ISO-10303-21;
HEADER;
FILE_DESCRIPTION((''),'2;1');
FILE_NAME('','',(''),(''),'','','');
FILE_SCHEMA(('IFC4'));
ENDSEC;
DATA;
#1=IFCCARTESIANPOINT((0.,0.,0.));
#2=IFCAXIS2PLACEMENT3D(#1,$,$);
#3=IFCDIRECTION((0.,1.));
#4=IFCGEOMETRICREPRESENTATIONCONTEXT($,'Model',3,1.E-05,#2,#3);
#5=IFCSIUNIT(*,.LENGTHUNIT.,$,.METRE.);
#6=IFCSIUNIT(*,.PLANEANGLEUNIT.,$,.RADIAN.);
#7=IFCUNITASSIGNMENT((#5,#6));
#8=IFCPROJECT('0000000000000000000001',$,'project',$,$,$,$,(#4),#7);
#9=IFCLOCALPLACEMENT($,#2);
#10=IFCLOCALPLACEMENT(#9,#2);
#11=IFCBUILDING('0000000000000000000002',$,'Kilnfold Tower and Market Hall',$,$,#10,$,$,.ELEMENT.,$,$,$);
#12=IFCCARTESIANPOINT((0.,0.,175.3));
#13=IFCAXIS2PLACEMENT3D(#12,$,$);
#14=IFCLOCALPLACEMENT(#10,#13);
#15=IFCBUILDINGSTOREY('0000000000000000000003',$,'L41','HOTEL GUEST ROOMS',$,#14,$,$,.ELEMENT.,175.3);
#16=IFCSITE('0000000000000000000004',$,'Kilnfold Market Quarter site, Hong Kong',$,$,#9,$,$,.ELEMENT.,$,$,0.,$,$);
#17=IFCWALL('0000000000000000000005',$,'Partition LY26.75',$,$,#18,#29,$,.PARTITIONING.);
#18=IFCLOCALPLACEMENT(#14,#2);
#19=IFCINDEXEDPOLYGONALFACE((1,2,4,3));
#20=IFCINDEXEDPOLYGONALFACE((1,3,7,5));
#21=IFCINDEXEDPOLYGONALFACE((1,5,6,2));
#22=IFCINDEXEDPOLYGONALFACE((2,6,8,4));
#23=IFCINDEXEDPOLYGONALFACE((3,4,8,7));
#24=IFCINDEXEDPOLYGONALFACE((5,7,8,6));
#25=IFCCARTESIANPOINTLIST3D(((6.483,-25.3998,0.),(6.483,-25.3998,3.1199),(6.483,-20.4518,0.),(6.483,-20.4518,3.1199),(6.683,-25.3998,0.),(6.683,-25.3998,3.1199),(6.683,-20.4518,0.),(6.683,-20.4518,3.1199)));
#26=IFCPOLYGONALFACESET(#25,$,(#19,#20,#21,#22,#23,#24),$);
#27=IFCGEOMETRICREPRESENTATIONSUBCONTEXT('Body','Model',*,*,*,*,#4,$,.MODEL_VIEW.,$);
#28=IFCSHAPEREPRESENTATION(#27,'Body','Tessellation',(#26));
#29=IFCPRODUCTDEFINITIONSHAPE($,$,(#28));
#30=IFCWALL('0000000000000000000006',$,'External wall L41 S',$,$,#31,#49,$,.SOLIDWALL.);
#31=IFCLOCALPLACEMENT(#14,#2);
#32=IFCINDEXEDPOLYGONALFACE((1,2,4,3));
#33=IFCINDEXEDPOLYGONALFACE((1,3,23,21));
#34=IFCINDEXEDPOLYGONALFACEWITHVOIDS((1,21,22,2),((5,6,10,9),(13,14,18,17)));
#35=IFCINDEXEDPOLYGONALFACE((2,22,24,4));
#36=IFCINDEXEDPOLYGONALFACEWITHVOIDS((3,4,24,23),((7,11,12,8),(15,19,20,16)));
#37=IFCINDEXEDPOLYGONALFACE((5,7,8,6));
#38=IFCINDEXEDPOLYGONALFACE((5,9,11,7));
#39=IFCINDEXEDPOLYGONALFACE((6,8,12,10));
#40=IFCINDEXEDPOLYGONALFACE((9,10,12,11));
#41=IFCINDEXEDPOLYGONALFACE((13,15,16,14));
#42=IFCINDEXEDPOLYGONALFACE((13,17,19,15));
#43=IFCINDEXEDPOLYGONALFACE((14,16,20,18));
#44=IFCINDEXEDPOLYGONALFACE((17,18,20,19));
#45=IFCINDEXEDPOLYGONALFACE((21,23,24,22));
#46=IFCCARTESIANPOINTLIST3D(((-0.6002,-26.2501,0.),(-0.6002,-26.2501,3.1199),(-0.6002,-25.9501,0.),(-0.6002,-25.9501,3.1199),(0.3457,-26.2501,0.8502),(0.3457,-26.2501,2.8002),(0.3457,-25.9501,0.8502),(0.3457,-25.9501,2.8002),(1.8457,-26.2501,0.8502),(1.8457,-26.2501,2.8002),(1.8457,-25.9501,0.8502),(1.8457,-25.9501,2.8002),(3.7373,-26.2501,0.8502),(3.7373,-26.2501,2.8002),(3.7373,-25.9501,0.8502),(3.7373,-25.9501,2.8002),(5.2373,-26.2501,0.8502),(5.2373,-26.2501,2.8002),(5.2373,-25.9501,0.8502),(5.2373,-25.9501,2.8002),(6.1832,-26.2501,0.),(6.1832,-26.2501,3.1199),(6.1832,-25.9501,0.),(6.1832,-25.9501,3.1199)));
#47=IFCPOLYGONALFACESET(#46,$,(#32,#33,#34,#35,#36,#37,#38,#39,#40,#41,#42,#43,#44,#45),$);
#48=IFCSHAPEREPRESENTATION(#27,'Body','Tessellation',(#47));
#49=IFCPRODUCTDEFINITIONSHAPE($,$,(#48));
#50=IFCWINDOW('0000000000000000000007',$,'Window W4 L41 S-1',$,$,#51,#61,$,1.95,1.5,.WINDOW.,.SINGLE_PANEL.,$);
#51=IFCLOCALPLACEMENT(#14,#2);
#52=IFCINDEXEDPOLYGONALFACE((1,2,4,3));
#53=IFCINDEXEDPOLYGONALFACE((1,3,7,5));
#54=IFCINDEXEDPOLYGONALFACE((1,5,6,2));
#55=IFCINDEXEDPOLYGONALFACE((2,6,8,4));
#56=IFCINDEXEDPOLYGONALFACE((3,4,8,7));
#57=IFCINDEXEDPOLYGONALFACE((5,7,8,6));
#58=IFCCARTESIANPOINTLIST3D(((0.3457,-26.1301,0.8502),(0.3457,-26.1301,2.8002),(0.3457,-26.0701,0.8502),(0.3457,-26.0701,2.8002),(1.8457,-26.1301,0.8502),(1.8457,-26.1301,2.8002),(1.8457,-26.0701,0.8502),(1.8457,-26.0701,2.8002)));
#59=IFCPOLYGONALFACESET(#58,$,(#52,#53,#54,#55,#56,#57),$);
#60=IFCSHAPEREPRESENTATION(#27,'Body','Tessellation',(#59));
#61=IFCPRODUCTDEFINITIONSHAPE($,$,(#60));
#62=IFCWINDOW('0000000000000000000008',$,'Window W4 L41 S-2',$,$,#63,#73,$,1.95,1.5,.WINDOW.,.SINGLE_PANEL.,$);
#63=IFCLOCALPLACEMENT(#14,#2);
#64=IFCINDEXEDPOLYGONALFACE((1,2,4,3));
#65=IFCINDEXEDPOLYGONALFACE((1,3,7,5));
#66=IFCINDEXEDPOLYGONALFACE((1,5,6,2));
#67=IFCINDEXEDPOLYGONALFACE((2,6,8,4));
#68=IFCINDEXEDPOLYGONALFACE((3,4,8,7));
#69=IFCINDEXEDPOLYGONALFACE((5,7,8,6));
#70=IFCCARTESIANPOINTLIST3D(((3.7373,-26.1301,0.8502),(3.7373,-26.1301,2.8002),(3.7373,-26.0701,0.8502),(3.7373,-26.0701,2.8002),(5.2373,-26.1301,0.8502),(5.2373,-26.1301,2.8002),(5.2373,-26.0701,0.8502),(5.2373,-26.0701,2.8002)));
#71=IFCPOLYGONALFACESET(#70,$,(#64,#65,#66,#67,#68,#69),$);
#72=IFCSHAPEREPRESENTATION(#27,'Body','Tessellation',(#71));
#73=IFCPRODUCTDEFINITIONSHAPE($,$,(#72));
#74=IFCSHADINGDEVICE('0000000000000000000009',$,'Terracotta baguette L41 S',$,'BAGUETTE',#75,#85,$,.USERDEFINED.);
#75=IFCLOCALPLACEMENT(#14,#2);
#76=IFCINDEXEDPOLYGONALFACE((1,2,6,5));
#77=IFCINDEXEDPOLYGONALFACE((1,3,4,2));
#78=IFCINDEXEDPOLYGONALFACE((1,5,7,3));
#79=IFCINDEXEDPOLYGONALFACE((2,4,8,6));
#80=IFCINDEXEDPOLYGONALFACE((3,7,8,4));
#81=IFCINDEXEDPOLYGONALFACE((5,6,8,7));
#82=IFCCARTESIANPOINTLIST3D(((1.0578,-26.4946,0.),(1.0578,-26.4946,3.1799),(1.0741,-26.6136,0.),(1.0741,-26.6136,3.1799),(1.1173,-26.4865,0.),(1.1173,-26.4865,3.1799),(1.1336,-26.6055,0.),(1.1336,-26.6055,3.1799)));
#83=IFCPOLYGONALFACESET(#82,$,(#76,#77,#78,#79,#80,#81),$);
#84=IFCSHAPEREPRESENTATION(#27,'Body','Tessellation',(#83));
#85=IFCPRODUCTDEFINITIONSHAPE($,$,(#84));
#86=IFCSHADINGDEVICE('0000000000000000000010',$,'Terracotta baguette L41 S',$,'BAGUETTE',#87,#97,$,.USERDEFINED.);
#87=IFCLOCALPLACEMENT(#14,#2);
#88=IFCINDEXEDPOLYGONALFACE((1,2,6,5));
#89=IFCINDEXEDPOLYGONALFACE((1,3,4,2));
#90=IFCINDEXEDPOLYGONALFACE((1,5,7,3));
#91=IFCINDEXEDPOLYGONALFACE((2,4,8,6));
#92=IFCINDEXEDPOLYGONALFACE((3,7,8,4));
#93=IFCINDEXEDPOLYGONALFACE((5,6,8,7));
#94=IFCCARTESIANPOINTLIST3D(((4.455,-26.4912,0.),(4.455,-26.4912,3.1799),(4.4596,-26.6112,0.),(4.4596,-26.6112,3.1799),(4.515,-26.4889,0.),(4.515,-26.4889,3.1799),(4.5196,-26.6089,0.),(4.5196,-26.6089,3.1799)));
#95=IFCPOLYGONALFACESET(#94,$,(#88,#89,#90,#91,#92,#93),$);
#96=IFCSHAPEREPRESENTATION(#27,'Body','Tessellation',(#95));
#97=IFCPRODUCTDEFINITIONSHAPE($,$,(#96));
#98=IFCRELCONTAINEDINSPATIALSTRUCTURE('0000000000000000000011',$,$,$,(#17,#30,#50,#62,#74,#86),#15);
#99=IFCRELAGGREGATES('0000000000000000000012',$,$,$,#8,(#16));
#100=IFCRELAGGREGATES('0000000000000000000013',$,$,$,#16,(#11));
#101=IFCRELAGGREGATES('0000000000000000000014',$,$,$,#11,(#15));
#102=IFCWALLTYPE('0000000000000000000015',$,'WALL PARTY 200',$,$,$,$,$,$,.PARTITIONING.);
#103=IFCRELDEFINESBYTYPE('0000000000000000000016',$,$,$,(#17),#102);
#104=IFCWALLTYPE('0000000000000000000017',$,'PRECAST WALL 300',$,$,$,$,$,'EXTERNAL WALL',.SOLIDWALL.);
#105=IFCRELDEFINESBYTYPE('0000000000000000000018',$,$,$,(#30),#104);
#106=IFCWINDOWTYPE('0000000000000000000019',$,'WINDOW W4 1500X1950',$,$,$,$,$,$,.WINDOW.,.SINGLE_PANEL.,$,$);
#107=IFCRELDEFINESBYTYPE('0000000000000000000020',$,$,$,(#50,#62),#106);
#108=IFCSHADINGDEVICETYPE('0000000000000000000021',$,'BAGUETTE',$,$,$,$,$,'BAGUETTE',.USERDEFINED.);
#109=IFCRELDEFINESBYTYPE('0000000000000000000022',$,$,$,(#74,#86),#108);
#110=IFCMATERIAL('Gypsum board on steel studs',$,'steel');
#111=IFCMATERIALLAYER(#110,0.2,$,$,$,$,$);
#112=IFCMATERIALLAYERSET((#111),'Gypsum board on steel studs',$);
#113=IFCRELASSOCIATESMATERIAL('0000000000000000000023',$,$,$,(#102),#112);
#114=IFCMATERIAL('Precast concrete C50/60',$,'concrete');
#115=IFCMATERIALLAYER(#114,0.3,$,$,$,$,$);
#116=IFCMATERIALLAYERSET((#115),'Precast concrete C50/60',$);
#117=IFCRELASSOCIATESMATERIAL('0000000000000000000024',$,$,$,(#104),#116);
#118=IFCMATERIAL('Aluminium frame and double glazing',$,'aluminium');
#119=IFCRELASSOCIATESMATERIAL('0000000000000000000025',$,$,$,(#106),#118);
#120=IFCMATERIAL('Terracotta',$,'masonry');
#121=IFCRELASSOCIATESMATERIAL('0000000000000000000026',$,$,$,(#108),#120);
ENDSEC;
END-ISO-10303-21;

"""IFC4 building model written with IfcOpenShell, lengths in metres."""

from ifc_helpers import new_model, si_unit, direction, frame, frame_2d, origin, origin_2d, place, context, subcontext, project, spatial, rectangle, extrude, source, transform, mapped, material, layer, layer_set, material_profile, profile_set, type_object, element, fill, save


model = new_model("IFC4")

# Units and contexts
model_context = context("Model", 3, precision=1e-05, world=origin(), true_north=direction((0.0, 1.0)))
body_context = subcontext(model_context, "Body", "Model", "MODEL_VIEW")
ifc_project = project(units=[si_unit("LENGTHUNIT", "METRE"), si_unit("PLANEANGLEUNIT", "RADIAN")], contexts=[model_context])

# Site, building, storey
site_placement = place(None, origin())
site = spatial("IfcSite", under=ifc_project, at=site_placement, Name="Kilnfold Market Quarter site, Hong Kong", CompositionType="ELEMENT", RefElevation=0.0)
building_placement = place(site_placement, origin())
building = spatial("IfcBuilding", under=site, at=building_placement, Name="Kilnfold Tower and Market Hall", CompositionType="ELEMENT")
storey_placement = place(building_placement, frame((0.0, 0.0, 175.3)))
storey = spatial("IfcBuildingStorey", under=building, at=storey_placement, Name="L41", Description="HOTEL GUEST ROOMS", CompositionType="ELEMENT", Elevation=175.3)

# Wall
ifc_material_1 = material(Name="Gypsum board on steel studs", Category="steel")
ifc_layer_1 = layer(ifc_material_1, 0.2)
ifc_layer_set_1 = layer_set([ifc_layer_1], Name="Gypsum board on steel studs")
wall_type_1 = type_object("IfcWallType", Name="WALL PARTY 200", PredefinedType="PARTITIONING", material=ifc_layer_set_1)
wall_1_placement = place(storey_placement, frame((6.583, -25.3999, 0.0), z_axis=(0.0, 0.0, 1.0), x_axis=(0.0, 1.0, 0.0)))
element("IfcWall", 1, at=wall_1_placement, inside=storey, type_object=wall_type_1, Name="Partition LY26.75", PredefinedType="PARTITIONING", context=body_context, shape_type="SweptSolid", body=[
    extrude(rectangle(XDim=4.948, YDim=0.2, at=frame_2d((2.4741, 0.0))), origin(), (0.0, 0.0, 1.0), 3.1199),
])

# Wall, openings, windows
ifc_material_2 = material(Name="Precast concrete C50/60", Category="concrete")
ifc_layer_2 = layer(ifc_material_2, 0.3)
ifc_layer_set_2 = layer_set([ifc_layer_2], Name="Precast concrete C50/60")
wall_type_2 = type_object("IfcWallType", Name="PRECAST WALL 300", ElementType="EXTERNAL WALL", PredefinedType="SOLIDWALL", material=ifc_layer_set_2)
shared_shape_1 = source(origin(), body_context, "Body", "SweptSolid", [
    extrude(rectangle(XDim=6.7834, YDim=0.3, at=frame_2d((3.3916, 0.0))), origin(), (0.0, 0.0, 1.0), 3.1199),
])
wall_2_placement = place(storey_placement, frame((-0.6001, -26.1001, 0.0), z_axis=(0.0, 0.0, 1.0), x_axis=(1.0, 0.0, 0.0)))
wall_2 = element("IfcWall", 2, at=wall_2_placement, inside=storey, type_object=wall_type_2, Name="External wall L41 S", PredefinedType="SOLIDWALL", context=body_context, shape_type="MappedRepresentation", body=[
    mapped(shared_shape_1, transform((0.0, 0.0, 0.0))),
])
opening_1_placement = place(wall_2_placement, frame((0.9458, 0.0, 0.8501)))
opening_1 = element("IfcOpeningElement", 3, at=opening_1_placement, cuts=wall_2, PredefinedType="OPENING", context=body_context, shape_type="SweptSolid", body=[
    extrude(rectangle(XDim=1.5, YDim=1.95, at=frame_2d((0.75, 0.9751))), frame((0.0, 0.1602, 0.0), z_axis=(0.0, -1.0, 0.0), x_axis=(1.0, 0.0, 0.0)), (0.0, 0.0, 1.0), 0.3201),
])
opening_2_placement = place(wall_2_placement, frame((4.3374, 0.0, 0.8501)))
opening_2 = element("IfcOpeningElement", 4, at=opening_2_placement, cuts=wall_2, PredefinedType="OPENING", context=body_context, shape_type="SweptSolid", body=[
    extrude(rectangle(XDim=1.5, YDim=1.95, at=frame_2d((0.75, 0.9751))), frame((0.0, 0.1602, 0.0), z_axis=(0.0, -1.0, 0.0), x_axis=(1.0, 0.0, 0.0)), (0.0, 0.0, 1.0), 0.3201),
])
ifc_material_3 = material(Name="Aluminium frame and double glazing", Category="aluminium")
window_type = type_object("IfcWindowType", Name="WINDOW W4 1500X1950", PartitioningType="SINGLE_PANEL", PredefinedType="WINDOW", material=ifc_material_3)
window_1_placement = place(opening_1_placement, origin())
window_1 = element("IfcWindow", 5, at=window_1_placement, inside=storey, type_object=window_type, Name="Window W4 L41 S-1", OverallHeight=1.95, OverallWidth=1.5, PartitioningType="SINGLE_PANEL", PredefinedType="WINDOW", context=body_context, shape_type="SweptSolid", body=[
    extrude(rectangle(XDim=1.5, YDim=1.95, at=frame_2d((0.75, 0.9751))), frame((0.0, 0.03, 0.0), z_axis=(0.0, -1.0, 0.0), x_axis=(1.0, 0.0, 0.0)), (0.0, 0.0, 1.0), 0.0601),
])
fill(opening_1, window_1)
window_2_placement = place(opening_2_placement, origin())
window_2 = element("IfcWindow", 6, at=window_2_placement, inside=storey, type_object=window_type, Name="Window W4 L41 S-2", OverallHeight=1.95, OverallWidth=1.5, PartitioningType="SINGLE_PANEL", PredefinedType="WINDOW", context=body_context, shape_type="SweptSolid", body=[
    extrude(rectangle(XDim=1.5, YDim=1.95, at=frame_2d((0.75, 0.9751))), frame((0.0, 0.03, 0.0), z_axis=(0.0, -1.0, 0.0), x_axis=(1.0, 0.0, 0.0)), (0.0, 0.0, 1.0), 0.0601),
])
fill(opening_2, window_2)

# Shading devices
ifc_material_4 = material(Name="Terracotta", Category="masonry")
ifc_material_profile_1 = material_profile(ifc_material_4, rectangle(XDim=0.0601, YDim=0.1201, at=origin_2d()), Name="BAG 60x120")
ifc_profile_set_1 = profile_set([ifc_material_profile_1], Name="Terracotta")
shading_device_type = type_object("IfcShadingDeviceType", Name="BAGUETTE", ElementType="BAGUETTE", PredefinedType="USERDEFINED", material=ifc_profile_set_1)
shared_shape_2 = source(origin(), body_context, "Body", "SweptSolid", [
    extrude(rectangle(XDim=0.0601, YDim=0.1201, at=origin_2d()), origin(), (0.0, 0.0, 1.0), 3.1799),
])
for number, where, z_axis, x_axis, name in (
    (7, (1.0957, -26.55, 0.0), (0.0, 0.0, 1.0), (0.990765, 0.135591, 0.0), "Terracotta baguette L41 S"),
    (8, (4.4873, -26.55, 0.0), (0.0, 0.0, 1.0), (0.999273, 0.038135, 0.0), "Terracotta baguette L41 S"),
):
    element("IfcShadingDevice", number, at=place(storey_placement, frame(where, z_axis=z_axis, x_axis=x_axis)), inside=storey, type_object=shading_device_type, Name=name, ObjectType="BAGUETTE", PredefinedType="USERDEFINED", context=body_context, shape_type="MappedRepresentation", body=[
        mapped(shared_shape_2, transform((0.0, 0.0, 0.0))),
    ])

save(model, "model.ifc")
